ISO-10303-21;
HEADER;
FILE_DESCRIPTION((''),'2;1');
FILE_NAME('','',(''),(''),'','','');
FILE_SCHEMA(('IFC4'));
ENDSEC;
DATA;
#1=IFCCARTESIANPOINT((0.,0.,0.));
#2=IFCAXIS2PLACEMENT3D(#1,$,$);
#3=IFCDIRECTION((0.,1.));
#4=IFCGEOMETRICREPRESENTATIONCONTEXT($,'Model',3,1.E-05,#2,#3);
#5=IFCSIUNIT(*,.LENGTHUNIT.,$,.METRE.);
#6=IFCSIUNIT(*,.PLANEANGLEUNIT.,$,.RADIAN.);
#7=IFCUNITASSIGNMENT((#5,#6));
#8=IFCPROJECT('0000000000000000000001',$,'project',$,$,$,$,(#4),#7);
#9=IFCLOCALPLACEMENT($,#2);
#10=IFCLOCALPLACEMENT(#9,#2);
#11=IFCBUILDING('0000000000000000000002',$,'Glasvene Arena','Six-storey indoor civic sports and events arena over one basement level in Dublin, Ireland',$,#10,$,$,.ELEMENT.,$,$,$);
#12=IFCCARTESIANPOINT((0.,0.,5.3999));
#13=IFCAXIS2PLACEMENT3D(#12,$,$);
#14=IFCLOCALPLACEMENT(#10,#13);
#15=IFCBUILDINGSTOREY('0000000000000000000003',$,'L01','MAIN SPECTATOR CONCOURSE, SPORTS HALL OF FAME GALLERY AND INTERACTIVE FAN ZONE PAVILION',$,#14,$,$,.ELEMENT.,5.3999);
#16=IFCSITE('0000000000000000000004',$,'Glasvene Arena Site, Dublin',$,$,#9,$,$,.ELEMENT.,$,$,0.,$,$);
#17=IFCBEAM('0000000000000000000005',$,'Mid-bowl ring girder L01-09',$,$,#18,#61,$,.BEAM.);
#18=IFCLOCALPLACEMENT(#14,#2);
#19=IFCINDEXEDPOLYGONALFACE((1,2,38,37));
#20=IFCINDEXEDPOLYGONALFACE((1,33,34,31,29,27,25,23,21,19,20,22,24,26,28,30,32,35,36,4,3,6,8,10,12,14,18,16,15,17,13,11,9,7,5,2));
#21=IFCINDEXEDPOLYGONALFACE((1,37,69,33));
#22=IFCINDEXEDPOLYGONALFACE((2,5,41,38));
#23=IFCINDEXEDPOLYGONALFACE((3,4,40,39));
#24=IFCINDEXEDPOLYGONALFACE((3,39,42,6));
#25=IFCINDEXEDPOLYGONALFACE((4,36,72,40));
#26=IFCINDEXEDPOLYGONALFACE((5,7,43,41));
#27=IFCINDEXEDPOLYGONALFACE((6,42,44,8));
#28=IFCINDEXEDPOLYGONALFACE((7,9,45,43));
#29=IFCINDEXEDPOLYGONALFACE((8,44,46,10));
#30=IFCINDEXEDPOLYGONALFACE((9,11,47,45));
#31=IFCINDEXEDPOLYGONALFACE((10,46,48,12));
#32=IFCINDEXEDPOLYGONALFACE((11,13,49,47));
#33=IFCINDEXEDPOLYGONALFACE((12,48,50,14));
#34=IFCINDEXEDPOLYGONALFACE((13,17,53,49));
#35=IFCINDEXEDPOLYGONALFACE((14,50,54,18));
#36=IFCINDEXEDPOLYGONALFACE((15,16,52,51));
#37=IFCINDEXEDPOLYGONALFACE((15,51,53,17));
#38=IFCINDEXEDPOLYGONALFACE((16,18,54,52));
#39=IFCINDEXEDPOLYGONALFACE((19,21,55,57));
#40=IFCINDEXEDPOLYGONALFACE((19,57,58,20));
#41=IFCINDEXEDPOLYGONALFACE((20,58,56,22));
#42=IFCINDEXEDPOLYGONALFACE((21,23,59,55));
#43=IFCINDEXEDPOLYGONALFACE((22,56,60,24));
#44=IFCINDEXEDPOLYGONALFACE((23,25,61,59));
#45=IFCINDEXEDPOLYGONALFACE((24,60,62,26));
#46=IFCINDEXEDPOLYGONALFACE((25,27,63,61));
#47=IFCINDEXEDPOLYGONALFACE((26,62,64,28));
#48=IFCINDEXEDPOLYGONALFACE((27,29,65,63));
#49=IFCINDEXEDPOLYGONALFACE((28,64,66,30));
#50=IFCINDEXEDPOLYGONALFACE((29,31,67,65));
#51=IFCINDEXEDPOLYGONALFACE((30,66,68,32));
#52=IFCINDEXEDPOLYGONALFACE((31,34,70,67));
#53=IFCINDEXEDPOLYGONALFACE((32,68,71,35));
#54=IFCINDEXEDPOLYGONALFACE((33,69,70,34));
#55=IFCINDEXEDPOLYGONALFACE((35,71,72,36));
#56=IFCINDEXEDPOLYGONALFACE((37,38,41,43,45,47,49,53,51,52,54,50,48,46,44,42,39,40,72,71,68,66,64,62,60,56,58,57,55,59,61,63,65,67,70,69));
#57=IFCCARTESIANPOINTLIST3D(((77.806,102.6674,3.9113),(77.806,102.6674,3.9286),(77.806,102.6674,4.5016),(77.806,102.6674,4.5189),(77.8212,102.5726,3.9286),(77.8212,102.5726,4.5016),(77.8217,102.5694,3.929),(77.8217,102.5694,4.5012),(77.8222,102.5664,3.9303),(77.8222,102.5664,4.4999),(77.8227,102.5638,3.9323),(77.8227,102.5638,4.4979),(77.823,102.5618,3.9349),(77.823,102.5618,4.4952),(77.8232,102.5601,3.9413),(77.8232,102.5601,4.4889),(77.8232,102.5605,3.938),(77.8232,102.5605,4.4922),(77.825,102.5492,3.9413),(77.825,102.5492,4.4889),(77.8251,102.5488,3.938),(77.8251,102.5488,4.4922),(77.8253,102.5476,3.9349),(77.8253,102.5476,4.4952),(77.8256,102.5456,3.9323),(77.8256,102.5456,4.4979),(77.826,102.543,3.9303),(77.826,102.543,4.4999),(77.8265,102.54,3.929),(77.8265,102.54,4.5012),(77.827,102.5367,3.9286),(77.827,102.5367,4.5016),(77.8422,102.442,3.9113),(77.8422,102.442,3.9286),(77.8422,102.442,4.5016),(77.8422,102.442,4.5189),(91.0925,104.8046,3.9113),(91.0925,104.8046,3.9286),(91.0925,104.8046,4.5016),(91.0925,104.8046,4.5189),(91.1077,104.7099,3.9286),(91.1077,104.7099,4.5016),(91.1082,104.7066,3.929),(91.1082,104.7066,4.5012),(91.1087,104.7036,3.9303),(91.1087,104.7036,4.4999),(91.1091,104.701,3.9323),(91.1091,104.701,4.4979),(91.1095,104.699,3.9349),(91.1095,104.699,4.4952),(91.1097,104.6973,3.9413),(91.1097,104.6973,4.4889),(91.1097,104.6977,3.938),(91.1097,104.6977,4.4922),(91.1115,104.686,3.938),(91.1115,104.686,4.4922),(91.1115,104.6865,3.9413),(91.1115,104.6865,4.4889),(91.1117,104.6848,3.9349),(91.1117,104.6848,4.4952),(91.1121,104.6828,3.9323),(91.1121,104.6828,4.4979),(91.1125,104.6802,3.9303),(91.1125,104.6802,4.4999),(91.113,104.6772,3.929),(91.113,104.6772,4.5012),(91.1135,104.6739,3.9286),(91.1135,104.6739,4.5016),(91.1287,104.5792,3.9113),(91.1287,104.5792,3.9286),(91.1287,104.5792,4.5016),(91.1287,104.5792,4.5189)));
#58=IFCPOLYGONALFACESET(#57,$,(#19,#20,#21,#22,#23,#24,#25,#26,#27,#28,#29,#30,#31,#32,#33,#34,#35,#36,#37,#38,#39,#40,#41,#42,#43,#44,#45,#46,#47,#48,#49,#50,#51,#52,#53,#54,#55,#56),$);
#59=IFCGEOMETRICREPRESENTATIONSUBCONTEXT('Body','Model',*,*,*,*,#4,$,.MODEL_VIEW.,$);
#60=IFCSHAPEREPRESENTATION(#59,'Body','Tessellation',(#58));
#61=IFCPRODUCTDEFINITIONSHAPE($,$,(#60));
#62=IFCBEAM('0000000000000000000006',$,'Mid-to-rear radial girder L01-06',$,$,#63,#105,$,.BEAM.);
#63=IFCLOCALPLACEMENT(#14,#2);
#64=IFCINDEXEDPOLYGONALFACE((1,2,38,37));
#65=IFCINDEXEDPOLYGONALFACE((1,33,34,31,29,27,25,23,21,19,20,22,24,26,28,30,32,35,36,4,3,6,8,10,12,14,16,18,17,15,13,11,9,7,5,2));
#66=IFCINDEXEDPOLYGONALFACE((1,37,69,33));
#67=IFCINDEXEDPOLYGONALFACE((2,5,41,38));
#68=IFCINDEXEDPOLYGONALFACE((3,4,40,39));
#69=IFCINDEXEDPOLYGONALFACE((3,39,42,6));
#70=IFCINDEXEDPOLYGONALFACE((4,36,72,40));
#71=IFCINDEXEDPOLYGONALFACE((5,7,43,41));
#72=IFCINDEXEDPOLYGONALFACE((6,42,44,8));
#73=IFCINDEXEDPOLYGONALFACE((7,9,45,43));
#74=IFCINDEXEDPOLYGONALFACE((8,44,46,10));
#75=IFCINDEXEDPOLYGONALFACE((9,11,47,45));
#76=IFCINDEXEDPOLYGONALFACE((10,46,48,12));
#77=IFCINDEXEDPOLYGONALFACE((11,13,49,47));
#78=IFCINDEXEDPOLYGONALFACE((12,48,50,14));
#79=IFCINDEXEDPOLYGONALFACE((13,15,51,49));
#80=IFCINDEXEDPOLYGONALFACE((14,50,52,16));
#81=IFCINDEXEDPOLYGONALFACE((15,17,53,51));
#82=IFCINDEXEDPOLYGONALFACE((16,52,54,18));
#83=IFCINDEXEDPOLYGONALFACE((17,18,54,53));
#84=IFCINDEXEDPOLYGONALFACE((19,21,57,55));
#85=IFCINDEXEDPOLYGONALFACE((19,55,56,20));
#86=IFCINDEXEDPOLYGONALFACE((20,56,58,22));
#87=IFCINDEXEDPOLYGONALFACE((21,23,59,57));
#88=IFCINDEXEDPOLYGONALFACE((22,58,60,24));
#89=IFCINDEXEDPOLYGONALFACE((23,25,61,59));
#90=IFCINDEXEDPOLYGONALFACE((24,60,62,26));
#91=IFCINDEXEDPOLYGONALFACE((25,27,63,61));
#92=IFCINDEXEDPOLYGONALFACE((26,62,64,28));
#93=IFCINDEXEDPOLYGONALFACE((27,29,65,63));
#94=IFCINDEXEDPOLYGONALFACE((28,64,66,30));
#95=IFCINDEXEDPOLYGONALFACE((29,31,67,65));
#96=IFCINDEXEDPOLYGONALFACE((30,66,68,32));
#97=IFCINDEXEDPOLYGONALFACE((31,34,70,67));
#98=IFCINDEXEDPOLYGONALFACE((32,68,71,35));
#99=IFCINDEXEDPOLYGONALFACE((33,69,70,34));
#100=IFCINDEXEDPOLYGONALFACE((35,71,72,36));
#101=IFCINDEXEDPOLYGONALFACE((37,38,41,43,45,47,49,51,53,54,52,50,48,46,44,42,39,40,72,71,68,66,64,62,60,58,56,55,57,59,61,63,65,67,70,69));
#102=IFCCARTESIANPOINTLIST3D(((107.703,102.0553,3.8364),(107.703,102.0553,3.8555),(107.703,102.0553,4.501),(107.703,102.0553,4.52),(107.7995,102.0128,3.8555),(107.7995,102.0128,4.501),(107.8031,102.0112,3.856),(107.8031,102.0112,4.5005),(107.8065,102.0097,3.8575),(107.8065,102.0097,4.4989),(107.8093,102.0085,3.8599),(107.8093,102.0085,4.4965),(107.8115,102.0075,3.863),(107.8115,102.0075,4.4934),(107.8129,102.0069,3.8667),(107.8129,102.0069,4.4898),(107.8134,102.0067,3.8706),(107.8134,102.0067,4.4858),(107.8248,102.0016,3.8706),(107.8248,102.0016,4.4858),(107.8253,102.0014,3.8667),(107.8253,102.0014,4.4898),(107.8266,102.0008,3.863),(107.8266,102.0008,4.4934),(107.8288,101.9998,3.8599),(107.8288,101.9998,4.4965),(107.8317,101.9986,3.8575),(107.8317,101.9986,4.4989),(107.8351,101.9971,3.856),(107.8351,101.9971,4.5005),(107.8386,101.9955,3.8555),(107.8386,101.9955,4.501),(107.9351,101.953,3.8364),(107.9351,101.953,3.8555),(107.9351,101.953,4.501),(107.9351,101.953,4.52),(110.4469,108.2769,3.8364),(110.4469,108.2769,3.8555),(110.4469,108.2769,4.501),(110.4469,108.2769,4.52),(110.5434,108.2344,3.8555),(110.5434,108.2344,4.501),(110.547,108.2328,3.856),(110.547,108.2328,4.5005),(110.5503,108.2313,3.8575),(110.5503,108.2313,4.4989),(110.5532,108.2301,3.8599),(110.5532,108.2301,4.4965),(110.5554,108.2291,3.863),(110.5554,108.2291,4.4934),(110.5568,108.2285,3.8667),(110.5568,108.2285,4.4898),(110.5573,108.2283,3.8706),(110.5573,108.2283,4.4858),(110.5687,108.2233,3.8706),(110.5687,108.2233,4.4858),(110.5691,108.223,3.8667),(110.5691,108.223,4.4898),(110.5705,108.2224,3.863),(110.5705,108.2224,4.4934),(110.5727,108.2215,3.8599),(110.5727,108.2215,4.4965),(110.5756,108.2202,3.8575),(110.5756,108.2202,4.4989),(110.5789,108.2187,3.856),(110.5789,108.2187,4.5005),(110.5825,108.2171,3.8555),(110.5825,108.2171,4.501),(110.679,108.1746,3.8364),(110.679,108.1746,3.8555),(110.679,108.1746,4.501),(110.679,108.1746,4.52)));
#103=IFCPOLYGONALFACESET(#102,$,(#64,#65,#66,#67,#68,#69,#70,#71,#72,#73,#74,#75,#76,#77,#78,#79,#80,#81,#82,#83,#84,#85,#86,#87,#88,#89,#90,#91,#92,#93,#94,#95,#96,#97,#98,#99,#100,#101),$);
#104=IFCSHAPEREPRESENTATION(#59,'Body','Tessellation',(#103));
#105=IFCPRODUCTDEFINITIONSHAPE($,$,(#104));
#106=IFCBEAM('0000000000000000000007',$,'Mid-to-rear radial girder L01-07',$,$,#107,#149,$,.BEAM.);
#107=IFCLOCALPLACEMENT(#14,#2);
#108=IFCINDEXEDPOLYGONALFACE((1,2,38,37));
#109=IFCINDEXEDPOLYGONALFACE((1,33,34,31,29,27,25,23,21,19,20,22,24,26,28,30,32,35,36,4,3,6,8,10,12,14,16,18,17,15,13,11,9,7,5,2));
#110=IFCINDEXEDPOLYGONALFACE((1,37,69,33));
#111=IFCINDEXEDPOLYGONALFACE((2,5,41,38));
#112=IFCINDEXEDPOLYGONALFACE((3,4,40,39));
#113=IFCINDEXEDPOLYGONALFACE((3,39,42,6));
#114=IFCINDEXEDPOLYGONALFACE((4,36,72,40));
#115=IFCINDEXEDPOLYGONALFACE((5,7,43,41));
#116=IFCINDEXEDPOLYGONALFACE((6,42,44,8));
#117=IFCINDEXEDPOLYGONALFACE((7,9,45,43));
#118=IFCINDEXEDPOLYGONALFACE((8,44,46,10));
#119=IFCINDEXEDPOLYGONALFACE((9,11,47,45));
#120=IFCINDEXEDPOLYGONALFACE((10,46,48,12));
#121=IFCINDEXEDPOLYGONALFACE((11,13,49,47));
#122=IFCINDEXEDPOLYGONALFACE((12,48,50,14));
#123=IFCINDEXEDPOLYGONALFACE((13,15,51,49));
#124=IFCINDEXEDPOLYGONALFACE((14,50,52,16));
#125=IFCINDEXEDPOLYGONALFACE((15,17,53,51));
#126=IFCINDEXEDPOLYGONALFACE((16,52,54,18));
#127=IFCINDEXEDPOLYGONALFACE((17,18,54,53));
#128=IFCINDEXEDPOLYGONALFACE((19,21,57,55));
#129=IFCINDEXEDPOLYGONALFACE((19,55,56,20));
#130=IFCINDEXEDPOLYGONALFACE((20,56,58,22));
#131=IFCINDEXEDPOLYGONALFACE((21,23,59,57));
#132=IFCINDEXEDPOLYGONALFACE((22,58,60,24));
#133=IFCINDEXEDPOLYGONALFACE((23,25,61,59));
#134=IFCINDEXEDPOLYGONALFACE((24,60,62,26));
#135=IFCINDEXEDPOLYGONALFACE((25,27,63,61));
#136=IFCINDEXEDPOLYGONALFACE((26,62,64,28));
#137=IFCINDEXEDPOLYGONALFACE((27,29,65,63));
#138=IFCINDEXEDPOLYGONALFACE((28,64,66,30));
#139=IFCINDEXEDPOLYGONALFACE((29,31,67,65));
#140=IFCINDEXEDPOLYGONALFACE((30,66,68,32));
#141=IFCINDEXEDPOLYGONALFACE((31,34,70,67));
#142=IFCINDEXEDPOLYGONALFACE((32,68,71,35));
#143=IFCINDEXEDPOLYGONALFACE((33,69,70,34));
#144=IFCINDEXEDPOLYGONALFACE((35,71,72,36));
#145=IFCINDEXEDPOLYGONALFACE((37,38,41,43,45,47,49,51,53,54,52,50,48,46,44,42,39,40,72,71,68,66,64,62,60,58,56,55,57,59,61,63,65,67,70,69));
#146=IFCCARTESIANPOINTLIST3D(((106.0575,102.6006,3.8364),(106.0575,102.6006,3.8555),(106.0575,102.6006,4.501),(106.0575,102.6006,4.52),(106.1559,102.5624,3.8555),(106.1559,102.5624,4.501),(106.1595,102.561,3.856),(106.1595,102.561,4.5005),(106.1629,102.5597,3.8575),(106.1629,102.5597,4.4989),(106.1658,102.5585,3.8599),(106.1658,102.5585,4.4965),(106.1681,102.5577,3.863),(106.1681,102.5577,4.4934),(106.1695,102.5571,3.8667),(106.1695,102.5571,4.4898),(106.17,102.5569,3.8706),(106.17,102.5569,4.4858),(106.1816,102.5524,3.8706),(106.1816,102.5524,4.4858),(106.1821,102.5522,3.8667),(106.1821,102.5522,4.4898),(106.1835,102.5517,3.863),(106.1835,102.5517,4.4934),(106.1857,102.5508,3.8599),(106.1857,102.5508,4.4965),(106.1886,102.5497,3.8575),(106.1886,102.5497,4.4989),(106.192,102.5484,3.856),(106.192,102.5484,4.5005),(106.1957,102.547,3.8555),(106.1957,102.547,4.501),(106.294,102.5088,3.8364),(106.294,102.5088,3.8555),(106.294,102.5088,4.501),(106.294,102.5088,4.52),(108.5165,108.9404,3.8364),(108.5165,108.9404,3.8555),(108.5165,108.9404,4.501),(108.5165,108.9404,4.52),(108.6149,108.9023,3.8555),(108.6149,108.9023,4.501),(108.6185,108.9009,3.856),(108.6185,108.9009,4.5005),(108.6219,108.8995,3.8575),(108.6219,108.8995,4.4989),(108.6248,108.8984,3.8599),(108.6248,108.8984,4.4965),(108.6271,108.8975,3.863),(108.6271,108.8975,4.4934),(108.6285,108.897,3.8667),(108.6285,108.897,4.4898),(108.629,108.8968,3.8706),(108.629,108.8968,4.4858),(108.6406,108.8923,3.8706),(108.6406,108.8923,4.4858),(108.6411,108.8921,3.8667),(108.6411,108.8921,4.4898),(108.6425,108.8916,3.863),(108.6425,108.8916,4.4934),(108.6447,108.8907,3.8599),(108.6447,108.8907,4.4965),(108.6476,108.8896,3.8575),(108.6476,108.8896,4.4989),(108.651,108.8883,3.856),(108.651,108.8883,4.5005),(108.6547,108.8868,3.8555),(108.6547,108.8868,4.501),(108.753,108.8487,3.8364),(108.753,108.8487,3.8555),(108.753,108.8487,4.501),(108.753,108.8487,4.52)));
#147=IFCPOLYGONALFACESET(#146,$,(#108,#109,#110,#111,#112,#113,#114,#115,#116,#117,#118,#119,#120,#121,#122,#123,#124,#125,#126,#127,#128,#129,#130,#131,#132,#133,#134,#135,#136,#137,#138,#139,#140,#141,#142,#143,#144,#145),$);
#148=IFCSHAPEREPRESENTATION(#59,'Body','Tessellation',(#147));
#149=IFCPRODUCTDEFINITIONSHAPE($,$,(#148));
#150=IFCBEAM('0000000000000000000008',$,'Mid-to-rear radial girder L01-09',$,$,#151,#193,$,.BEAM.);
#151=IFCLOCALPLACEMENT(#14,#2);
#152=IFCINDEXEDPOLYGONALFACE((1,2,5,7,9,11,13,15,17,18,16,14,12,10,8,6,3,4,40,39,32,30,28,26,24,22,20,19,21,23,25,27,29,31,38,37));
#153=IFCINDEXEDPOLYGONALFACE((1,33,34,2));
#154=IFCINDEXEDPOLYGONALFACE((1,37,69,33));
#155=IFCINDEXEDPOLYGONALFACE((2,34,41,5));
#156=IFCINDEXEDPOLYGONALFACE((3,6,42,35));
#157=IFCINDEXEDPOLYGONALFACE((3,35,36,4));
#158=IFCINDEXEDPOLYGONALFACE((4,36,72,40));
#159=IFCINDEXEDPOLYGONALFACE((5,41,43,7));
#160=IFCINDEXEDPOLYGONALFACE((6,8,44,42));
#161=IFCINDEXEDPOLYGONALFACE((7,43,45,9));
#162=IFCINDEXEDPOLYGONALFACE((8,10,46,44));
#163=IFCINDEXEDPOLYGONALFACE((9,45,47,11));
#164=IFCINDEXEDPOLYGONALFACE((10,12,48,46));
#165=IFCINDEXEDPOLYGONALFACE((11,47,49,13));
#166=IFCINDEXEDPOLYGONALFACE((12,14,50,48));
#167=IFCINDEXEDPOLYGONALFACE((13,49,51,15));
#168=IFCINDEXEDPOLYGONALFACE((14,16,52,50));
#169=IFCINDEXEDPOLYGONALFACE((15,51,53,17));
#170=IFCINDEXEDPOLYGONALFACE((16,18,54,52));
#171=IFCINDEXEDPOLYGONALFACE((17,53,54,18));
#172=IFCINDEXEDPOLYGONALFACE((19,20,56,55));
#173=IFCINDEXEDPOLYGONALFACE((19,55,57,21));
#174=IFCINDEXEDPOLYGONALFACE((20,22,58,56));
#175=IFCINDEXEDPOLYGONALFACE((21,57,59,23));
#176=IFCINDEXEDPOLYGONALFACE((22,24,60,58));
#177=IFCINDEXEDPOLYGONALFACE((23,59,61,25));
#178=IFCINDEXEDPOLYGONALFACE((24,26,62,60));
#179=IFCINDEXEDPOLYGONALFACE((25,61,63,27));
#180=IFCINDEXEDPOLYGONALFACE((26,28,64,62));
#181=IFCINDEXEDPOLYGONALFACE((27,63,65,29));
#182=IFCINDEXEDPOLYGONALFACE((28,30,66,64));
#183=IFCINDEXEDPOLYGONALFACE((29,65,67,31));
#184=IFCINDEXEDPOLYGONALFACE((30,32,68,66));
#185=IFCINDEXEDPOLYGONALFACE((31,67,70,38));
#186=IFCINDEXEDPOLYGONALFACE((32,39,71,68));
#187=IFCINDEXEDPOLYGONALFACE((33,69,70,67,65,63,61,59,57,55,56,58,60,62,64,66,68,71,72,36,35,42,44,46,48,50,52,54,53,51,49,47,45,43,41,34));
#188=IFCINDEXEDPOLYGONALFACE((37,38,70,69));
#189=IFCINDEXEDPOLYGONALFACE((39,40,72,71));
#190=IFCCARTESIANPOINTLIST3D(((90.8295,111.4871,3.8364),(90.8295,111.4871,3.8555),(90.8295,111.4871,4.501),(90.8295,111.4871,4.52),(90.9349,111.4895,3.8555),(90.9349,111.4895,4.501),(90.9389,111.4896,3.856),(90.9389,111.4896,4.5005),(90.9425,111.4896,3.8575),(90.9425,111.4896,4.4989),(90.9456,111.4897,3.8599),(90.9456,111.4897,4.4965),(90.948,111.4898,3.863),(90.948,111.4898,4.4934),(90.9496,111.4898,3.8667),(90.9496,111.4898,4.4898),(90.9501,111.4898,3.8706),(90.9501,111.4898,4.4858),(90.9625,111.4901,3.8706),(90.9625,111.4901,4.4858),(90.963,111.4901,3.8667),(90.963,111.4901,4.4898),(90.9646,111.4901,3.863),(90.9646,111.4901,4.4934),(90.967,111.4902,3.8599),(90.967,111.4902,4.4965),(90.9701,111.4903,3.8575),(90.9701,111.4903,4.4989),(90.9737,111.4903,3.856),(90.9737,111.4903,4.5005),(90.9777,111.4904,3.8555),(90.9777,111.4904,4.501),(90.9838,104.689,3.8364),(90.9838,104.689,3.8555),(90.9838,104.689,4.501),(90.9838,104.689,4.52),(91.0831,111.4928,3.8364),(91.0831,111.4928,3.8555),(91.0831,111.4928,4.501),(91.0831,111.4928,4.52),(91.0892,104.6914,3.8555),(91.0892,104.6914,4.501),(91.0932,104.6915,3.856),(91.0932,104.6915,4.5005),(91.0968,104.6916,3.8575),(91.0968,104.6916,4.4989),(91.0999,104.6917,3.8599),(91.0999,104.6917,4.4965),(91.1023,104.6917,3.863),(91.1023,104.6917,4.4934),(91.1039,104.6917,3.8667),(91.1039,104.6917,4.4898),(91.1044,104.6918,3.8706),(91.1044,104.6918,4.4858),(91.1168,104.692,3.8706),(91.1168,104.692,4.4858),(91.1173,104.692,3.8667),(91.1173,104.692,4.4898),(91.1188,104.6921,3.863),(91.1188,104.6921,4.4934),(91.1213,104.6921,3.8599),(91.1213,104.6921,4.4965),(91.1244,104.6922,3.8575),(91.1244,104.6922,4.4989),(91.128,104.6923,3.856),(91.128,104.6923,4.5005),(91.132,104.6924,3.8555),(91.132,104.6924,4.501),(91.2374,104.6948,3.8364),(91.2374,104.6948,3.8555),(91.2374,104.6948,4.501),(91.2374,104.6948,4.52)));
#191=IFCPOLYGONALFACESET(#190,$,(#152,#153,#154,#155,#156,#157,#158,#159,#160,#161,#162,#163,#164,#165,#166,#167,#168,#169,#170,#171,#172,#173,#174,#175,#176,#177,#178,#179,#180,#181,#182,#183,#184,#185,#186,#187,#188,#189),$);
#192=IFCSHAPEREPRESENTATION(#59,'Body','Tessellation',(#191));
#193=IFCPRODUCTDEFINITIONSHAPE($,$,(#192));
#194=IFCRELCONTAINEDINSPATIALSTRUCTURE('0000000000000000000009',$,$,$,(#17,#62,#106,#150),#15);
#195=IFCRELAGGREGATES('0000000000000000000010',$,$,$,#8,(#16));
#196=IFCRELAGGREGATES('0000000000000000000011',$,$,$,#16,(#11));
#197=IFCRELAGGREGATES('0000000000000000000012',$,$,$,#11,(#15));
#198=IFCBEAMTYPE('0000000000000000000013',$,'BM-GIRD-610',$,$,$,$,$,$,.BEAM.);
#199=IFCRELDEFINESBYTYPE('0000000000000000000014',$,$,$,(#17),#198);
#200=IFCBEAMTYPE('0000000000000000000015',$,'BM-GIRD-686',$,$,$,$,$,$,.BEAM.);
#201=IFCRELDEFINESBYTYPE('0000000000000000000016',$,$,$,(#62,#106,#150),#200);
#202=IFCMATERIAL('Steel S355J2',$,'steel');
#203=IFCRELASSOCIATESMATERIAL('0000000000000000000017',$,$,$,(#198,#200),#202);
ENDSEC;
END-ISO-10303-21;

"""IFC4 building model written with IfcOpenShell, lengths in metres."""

from ifc_helpers import new_model, si_unit, direction, frame, origin, origin_2d, place, context, subcontext, project, spatial, i_section, extrude, material, material_profile, profile_set, type_object, element, save


model = new_model("IFC4")

# Units and contexts
model_context = context("Model", 3, precision=1e-05, world=origin(), true_north=direction((0.0, 1.0)))
body_context = subcontext(model_context, "Body", "Model", "MODEL_VIEW")
ifc_project = project(units=[si_unit("LENGTHUNIT", "METRE"), si_unit("PLANEANGLEUNIT", "RADIAN")], contexts=[model_context])

# Site, building, storey
site_placement = place(None, origin())
site = spatial("IfcSite", under=ifc_project, at=site_placement, Name="Glasvene Arena Site, Dublin", CompositionType="ELEMENT", RefElevation=0.0)
building_placement = place(site_placement, origin())
building = spatial("IfcBuilding", under=site, at=building_placement, Name="Glasvene Arena", Description="Six-storey indoor civic sports and events arena over one basement level in Dublin, Ireland", CompositionType="ELEMENT")
storey_placement = place(building_placement, frame((0.0, 0.0, 5.3999)))
storey = spatial("IfcBuildingStorey", under=building, at=storey_placement, Name="L01", Description="MAIN SPECTATOR CONCOURSE, SPORTS HALL OF FAME GALLERY AND INTERACTIVE FAN ZONE PAVILION", CompositionType="ELEMENT", Elevation=5.3999)

# Shared definitions
ifc_material_1 = material(Name="Steel S355J2", Category="steel")

# Beams
ifc_material_profile_1 = material_profile(ifc_material_1, i_section(OverallWidth=0.2283, OverallDepth=0.6077, WebThickness=0.011, FlangeThickness=0.0173, FilletRadius=0.0127, at=origin_2d()), Name="UKB 610x229x113")
ifc_profile_set_1 = profile_set([ifc_material_profile_1], Name="Steel S355J2")
beam_type_1 = type_object("IfcBeamType", Name="BM-GIRD-610", PredefinedType="BEAM", material=ifc_profile_set_1)
for number, where, z_axis, x_axis, name in (
    (1, (91.1106, 104.6919, 4.2151), (-0.987308, -0.158815, 0.0), (0.158815, -0.987308, 0.0), "Mid-bowl ring girder L01-09"),
):
    element("IfcBeam", number, at=place(storey_placement, frame(where, z_axis=z_axis, x_axis=x_axis)), inside=storey, type_object=beam_type_1, Name=name, PredefinedType="BEAM", context=body_context, shape_type="SweptSolid", body=[
        extrude(i_section(OverallWidth=0.2283, OverallDepth=0.6077, WebThickness=0.011, FlangeThickness=0.0173, FilletRadius=0.0127, at=origin_2d()), origin(), (0.0, 0.0, 1.0), 13.4573),
    ])
ifc_material_profile_2 = material_profile(ifc_material_1, i_section(OverallWidth=0.2537, OverallDepth=0.6836, WebThickness=0.0125, FlangeThickness=0.019, FilletRadius=0.0151, at=origin_2d()), Name="UKB 686x254x140")
ifc_profile_set_2 = profile_set([ifc_material_profile_2], Name="Steel S355J2")
beam_type_2 = type_object("IfcBeamType", Name="BM-GIRD-686", PredefinedType="BEAM", material=ifc_profile_set_2)
beam_1_placement = place(storey_placement, frame((107.8191, 102.0042, 4.1782), z_axis=(0.403522, 0.91497, 0.0), x_axis=(-0.91497, 0.403522, 0.0)))
element("IfcBeam", 2, at=beam_1_placement, inside=storey, type_object=beam_type_2, Name="Mid-to-rear radial girder L01-06", PredefinedType="BEAM", context=body_context, shape_type="SweptSolid", body=[
    extrude(i_section(OverallWidth=0.2537, OverallDepth=0.6836, WebThickness=0.0125, FlangeThickness=0.019, FilletRadius=0.0151, at=origin_2d()), origin(), (0.0, 0.0, 1.0), 6.7998),
])
beam_2_placement = place(storey_placement, frame((106.1758, 102.5547, 4.1782), z_axis=(0.361614, 0.932328, 0.0), x_axis=(-0.932328, 0.361614, 0.0)))
element("IfcBeam", 3, at=beam_2_placement, inside=storey, type_object=beam_type_2, Name="Mid-to-rear radial girder L01-07", PredefinedType="BEAM", context=body_context, shape_type="SweptSolid", body=[
    extrude(i_section(OverallWidth=0.2537, OverallDepth=0.6836, WebThickness=0.0125, FlangeThickness=0.019, FilletRadius=0.0151, at=origin_2d()), origin(), (0.0, 0.0, 1.0), 6.8),
])
beam_3_placement = place(storey_placement, frame((91.1106, 104.6919, 4.1782), z_axis=(-0.022691, 0.999743, 0.0), x_axis=(-0.999743, -0.022691, 0.0)))
element("IfcBeam", 4, at=beam_3_placement, inside=storey, type_object=beam_type_2, Name="Mid-to-rear radial girder L01-09", PredefinedType="BEAM", context=body_context, shape_type="SweptSolid", body=[
    extrude(i_section(OverallWidth=0.2537, OverallDepth=0.6836, WebThickness=0.0125, FlangeThickness=0.019, FilletRadius=0.0151, at=origin_2d()), origin(), (0.0, 0.0, 1.0), 6.7998),
])

save(model, "model.ifc")
